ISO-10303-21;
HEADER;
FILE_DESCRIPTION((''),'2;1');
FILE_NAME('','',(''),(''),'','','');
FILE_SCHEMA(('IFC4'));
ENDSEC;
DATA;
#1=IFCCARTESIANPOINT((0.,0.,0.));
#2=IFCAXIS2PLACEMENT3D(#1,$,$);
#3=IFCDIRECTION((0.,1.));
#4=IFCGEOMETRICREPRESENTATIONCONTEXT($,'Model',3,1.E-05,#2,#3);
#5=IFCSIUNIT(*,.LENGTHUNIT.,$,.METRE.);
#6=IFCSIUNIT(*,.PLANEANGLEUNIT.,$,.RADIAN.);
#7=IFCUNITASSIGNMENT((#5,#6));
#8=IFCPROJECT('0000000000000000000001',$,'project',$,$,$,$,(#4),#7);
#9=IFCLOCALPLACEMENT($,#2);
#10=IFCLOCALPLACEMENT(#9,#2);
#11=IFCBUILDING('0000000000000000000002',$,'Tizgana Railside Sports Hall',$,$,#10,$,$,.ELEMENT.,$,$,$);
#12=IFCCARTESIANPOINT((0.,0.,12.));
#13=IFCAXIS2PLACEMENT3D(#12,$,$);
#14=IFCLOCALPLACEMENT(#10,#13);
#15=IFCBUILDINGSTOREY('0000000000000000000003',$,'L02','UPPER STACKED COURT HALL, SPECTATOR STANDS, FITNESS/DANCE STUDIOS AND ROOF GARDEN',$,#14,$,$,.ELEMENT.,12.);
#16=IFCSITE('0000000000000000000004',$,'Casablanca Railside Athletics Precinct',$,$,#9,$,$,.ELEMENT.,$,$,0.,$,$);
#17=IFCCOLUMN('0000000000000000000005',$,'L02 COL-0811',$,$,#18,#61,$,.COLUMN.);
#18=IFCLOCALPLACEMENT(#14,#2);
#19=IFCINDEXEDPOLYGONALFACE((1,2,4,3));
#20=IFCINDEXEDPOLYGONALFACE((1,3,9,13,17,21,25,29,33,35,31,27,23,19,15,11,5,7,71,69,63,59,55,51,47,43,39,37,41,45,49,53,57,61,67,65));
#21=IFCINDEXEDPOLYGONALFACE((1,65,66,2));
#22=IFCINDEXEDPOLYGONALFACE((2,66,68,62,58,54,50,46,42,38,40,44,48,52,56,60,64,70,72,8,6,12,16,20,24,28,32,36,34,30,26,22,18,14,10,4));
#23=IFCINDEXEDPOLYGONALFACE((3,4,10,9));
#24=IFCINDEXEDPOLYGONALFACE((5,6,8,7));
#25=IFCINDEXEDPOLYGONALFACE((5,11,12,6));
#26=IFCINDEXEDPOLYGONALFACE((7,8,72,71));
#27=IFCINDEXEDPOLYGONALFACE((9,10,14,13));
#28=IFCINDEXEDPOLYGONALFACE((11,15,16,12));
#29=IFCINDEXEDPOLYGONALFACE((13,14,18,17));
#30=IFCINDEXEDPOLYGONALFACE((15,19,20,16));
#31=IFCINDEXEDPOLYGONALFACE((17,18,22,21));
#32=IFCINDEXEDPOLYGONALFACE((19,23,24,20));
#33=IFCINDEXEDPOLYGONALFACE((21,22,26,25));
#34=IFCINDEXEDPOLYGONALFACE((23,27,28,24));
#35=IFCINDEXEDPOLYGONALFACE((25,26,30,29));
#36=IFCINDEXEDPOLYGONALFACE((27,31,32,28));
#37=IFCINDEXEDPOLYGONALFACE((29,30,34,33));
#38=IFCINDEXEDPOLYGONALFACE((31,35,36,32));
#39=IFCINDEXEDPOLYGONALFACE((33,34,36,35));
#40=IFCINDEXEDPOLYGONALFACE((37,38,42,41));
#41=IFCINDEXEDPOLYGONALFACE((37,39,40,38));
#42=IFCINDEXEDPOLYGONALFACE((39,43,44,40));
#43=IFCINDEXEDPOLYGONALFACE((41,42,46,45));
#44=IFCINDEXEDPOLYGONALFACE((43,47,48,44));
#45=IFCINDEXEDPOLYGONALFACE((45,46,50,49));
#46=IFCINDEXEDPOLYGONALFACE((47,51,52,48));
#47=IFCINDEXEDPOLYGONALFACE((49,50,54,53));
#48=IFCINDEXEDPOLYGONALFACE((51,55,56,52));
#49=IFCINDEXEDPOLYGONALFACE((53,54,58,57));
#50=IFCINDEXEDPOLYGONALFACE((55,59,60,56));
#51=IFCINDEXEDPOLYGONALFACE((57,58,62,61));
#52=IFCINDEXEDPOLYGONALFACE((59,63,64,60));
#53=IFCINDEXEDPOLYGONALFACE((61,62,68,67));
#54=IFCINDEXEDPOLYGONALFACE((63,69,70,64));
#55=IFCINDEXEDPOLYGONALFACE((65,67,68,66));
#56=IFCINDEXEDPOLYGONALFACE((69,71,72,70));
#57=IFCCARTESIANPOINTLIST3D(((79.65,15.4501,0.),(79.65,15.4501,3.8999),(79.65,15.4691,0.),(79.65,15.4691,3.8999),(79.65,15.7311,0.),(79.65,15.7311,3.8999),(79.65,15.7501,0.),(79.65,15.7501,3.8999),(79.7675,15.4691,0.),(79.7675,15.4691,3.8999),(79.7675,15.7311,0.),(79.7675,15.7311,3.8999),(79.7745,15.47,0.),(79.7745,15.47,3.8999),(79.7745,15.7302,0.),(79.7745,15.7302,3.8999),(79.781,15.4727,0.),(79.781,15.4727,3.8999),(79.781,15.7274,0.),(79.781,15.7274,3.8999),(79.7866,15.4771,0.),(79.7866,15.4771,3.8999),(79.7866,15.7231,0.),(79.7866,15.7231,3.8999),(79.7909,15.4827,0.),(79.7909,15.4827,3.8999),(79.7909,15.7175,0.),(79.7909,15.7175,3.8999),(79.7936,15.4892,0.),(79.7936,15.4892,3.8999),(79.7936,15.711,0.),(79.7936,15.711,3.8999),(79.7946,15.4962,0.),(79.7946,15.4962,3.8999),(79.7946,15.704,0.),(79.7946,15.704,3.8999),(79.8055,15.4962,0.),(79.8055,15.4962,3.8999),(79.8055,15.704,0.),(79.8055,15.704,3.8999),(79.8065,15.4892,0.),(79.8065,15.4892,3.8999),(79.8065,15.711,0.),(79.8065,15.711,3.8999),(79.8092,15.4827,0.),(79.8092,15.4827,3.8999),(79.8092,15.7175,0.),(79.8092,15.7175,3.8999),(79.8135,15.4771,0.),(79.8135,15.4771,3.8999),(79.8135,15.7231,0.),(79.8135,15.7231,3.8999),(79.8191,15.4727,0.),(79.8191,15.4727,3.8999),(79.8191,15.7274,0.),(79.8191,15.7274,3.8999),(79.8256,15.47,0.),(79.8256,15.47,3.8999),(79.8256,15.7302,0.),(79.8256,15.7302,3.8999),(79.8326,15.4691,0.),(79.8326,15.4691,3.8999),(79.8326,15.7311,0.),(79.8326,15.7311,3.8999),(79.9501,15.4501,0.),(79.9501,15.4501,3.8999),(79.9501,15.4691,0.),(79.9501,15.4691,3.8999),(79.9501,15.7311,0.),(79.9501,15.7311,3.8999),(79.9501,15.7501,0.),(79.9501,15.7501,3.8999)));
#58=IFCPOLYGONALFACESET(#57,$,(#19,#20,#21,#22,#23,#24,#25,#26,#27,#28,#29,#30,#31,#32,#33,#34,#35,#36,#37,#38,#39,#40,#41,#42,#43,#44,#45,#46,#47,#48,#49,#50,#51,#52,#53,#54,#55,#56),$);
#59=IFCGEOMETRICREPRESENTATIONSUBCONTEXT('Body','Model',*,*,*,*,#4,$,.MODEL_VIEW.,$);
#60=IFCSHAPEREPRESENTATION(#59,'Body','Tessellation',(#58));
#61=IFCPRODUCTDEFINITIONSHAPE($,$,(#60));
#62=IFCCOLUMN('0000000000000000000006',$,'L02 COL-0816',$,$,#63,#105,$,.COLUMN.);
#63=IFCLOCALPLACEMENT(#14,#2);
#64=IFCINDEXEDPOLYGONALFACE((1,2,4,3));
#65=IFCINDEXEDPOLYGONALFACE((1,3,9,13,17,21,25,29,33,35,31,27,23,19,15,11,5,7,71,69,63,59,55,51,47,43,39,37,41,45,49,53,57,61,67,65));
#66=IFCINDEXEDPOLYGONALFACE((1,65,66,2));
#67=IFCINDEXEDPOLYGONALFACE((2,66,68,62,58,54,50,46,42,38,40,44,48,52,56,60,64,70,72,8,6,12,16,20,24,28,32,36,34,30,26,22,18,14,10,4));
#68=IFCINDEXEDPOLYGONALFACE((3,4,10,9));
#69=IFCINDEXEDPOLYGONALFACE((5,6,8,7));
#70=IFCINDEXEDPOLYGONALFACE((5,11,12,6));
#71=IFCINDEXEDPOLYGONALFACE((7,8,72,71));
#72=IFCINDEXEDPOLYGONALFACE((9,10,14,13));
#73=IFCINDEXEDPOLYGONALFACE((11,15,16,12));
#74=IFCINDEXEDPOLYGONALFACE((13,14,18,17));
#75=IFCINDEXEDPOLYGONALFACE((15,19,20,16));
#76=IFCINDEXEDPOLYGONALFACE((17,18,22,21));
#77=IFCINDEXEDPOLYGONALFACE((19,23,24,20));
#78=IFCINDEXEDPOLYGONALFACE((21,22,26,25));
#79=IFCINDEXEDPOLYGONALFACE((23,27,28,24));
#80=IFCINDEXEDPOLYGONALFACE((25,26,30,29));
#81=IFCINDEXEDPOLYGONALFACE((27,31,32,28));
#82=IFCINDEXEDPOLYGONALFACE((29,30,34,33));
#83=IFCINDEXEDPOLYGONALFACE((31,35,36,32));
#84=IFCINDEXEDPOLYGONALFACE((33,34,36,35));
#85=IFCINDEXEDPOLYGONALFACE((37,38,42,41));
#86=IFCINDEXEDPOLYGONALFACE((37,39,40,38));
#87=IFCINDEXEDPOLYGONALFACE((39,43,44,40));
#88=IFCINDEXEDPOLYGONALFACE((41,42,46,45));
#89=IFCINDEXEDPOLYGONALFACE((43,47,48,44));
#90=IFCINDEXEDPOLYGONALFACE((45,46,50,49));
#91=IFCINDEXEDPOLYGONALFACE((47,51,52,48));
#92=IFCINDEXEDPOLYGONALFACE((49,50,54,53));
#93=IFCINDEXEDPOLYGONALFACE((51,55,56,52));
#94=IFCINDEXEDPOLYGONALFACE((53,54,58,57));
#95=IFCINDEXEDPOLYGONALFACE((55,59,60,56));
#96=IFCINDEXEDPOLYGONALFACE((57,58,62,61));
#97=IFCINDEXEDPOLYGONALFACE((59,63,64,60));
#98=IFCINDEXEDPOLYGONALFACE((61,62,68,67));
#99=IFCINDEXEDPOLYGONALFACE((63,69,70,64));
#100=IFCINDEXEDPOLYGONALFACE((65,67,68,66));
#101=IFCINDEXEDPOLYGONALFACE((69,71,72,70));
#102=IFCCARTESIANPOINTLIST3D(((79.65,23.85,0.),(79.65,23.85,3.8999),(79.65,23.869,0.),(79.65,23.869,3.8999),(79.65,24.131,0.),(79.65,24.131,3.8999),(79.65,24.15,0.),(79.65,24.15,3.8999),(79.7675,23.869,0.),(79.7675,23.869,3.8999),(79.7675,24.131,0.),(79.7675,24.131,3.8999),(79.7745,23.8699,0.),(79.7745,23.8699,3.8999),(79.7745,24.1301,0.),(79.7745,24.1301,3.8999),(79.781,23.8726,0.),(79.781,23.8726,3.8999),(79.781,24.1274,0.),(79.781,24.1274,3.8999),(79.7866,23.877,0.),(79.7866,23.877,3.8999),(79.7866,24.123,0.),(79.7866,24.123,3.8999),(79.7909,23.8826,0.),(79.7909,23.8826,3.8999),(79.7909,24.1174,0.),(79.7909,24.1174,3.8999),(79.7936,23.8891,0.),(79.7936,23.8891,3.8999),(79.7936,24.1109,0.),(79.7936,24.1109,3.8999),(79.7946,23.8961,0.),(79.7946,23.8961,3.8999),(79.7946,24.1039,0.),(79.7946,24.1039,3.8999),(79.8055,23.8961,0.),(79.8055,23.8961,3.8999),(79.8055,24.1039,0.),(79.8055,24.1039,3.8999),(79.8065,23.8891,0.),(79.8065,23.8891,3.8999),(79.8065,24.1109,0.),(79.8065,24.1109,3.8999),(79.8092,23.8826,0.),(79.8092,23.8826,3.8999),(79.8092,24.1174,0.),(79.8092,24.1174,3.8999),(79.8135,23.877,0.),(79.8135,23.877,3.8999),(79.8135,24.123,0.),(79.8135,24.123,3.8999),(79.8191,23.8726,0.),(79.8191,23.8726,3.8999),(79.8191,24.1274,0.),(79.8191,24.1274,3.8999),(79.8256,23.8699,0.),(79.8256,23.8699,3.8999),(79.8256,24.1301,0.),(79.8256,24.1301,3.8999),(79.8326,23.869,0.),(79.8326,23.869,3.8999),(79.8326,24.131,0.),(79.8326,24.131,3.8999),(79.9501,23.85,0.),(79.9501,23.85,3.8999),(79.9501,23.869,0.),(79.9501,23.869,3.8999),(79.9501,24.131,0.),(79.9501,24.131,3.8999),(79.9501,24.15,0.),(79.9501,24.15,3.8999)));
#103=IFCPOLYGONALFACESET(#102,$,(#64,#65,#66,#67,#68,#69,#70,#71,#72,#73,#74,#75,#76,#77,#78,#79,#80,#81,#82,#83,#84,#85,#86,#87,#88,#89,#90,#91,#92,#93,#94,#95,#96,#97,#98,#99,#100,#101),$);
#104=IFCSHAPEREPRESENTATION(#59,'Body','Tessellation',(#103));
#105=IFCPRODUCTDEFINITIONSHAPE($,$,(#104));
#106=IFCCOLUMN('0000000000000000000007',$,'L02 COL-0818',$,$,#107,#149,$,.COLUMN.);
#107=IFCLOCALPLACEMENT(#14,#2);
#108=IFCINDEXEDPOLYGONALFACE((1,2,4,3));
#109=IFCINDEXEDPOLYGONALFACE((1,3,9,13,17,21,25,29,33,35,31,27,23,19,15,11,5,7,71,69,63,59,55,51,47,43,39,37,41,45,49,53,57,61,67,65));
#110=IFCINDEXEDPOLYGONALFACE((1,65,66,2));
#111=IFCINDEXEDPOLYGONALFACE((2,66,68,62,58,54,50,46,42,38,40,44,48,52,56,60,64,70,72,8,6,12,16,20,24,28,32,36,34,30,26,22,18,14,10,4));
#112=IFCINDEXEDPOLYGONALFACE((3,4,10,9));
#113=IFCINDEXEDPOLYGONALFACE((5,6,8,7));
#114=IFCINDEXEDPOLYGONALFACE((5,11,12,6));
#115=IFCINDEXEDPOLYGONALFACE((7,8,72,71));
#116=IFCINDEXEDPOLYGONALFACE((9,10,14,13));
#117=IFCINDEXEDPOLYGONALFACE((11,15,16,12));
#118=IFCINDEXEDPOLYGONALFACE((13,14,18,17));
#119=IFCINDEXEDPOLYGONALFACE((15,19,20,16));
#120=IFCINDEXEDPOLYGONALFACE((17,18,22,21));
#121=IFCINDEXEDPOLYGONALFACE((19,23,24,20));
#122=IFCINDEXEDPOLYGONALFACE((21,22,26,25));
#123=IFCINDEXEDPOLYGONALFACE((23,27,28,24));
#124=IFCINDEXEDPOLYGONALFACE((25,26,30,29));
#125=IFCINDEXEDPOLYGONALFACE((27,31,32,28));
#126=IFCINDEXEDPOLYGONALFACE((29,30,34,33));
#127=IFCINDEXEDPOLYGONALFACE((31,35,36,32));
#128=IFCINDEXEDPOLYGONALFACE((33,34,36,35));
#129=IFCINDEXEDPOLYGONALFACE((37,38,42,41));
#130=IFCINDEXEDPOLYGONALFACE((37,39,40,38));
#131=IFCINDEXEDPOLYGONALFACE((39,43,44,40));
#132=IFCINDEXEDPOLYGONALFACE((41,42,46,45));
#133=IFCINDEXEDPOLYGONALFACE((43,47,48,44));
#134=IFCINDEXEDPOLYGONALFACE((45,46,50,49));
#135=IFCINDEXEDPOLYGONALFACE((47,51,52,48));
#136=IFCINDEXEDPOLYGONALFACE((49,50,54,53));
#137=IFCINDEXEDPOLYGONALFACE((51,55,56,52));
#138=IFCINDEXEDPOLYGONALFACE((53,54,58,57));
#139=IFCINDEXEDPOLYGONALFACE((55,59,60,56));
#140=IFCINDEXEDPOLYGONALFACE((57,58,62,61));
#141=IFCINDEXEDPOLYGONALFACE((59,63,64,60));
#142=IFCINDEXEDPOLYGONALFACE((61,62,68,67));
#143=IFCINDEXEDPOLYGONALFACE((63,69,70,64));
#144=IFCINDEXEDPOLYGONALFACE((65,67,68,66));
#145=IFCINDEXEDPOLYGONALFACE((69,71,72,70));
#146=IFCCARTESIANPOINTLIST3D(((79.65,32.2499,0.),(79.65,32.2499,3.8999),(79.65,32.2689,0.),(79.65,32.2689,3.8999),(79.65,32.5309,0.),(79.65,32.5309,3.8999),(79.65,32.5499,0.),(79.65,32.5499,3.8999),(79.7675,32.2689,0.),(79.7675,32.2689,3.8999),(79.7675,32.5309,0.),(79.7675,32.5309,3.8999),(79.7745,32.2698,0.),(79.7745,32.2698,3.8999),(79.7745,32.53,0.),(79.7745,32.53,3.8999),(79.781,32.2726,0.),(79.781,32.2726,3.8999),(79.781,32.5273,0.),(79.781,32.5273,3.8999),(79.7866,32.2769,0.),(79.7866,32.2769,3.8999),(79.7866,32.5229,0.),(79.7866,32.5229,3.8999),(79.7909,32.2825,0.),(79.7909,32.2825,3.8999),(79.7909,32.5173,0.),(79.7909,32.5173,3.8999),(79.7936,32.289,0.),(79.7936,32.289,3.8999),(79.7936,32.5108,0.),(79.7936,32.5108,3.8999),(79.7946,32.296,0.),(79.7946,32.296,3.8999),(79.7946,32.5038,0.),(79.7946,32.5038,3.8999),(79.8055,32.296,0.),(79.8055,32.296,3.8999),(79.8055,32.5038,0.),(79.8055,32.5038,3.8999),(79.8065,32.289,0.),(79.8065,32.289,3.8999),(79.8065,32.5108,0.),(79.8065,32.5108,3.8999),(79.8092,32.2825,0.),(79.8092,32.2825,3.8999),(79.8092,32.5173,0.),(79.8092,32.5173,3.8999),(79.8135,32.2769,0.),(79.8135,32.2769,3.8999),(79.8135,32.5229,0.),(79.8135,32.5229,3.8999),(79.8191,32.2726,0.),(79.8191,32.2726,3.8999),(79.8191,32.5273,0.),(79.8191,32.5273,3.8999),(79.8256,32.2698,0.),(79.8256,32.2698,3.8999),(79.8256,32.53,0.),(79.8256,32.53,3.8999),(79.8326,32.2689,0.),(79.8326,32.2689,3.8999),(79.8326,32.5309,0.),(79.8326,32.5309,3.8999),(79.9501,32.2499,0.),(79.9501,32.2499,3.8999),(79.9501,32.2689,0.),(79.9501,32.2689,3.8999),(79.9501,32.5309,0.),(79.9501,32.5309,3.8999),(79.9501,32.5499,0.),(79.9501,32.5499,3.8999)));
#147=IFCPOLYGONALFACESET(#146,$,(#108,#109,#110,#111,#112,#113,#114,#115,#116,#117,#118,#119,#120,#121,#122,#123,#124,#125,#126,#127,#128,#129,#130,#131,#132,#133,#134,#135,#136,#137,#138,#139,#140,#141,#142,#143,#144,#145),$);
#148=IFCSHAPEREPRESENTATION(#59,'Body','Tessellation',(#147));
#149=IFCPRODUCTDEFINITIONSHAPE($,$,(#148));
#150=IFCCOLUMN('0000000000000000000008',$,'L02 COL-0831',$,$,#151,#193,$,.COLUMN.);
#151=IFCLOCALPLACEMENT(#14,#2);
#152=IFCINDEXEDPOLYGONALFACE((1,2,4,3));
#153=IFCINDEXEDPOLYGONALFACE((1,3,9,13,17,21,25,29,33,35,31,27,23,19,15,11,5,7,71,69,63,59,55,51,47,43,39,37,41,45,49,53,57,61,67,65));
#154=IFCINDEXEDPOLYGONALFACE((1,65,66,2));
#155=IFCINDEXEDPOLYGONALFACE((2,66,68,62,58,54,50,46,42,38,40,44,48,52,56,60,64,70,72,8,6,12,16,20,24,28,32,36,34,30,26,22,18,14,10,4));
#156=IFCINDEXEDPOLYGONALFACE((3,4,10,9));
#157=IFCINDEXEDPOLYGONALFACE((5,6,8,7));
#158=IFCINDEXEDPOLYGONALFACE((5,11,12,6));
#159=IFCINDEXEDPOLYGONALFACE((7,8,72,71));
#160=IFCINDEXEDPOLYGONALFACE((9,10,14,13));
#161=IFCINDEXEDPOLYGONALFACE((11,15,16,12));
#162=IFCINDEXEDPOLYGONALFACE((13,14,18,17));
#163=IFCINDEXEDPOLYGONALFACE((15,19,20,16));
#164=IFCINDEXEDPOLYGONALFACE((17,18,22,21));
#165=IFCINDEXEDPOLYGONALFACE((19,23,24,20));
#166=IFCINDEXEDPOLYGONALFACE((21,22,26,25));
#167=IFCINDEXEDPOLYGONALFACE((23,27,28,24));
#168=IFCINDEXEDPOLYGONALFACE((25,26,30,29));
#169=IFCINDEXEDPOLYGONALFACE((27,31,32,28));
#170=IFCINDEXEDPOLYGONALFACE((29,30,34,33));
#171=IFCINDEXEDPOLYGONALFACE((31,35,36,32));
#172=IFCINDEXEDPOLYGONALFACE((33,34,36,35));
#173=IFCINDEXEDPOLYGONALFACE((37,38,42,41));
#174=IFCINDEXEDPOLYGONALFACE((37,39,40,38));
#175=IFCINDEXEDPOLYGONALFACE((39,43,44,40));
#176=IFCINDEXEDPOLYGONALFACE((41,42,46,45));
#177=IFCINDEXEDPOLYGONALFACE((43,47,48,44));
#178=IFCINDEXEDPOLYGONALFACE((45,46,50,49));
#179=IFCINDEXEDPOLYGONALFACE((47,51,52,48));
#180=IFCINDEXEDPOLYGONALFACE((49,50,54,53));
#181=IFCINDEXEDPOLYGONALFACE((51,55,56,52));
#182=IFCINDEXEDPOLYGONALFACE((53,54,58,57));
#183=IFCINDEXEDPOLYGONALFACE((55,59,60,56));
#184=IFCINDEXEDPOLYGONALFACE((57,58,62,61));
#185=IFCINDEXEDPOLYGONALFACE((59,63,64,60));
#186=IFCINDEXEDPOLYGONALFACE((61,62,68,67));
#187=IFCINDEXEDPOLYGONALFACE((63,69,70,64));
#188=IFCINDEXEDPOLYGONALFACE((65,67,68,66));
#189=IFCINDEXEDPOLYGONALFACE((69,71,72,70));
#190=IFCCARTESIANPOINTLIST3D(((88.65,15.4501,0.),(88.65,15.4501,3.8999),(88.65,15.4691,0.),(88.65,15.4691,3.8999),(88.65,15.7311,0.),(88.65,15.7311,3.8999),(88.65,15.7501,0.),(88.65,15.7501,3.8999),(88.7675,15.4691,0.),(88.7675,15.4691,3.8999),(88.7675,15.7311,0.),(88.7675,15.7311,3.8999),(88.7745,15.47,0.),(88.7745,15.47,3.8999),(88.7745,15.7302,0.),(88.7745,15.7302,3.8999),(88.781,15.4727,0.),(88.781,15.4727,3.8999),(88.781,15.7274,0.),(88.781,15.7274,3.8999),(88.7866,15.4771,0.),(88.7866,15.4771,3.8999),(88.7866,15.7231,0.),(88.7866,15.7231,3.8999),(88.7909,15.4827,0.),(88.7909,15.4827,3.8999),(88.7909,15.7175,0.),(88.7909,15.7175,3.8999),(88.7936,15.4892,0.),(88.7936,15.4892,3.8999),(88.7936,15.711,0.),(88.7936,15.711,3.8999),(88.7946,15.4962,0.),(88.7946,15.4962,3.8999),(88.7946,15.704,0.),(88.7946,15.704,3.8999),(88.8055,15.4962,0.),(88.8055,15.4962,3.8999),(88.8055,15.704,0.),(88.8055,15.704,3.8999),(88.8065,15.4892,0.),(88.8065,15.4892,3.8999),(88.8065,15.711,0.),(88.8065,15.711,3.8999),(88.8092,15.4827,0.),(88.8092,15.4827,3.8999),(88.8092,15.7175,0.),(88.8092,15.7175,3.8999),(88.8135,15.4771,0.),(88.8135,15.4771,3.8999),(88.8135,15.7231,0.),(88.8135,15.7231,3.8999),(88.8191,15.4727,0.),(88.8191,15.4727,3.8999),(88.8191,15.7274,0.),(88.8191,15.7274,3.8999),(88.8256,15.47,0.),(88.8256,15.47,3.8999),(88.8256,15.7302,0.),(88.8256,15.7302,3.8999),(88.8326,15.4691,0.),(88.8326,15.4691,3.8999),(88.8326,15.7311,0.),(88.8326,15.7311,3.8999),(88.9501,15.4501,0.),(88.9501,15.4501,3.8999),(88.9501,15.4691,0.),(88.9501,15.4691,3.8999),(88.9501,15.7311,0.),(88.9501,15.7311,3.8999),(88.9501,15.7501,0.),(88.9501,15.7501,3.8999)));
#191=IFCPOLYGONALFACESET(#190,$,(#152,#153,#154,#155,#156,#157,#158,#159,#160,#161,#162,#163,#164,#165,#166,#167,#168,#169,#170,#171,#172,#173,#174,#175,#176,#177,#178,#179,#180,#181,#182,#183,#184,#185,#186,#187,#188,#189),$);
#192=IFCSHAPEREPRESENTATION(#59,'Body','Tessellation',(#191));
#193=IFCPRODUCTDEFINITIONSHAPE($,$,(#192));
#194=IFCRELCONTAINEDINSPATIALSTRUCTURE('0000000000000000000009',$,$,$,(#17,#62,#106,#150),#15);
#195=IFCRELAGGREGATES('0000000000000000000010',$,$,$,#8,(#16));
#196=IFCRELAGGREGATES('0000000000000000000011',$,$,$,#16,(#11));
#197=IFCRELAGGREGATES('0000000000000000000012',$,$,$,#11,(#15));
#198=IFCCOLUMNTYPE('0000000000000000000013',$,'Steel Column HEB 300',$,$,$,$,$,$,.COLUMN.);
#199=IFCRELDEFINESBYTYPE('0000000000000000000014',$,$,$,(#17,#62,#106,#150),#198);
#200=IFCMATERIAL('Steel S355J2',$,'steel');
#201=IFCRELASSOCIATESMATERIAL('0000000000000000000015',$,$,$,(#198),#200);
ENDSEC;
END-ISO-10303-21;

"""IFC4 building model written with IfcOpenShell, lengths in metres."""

from ifc_helpers import new_model, si_unit, direction, frame, origin, origin_2d, place, context, subcontext, project, spatial, i_section, extrude, material, material_profile, profile_set, type_object, element, save


model = new_model("IFC4")

# Units and contexts
model_context = context("Model", 3, precision=1e-05, world=origin(), true_north=direction((0.0, 1.0)))
body_context = subcontext(model_context, "Body", "Model", "MODEL_VIEW")
ifc_project = project(units=[si_unit("LENGTHUNIT", "METRE"), si_unit("PLANEANGLEUNIT", "RADIAN")], contexts=[model_context])

# Site, building, storey
site_placement = place(None, origin())
site = spatial("IfcSite", under=ifc_project, at=site_placement, Name="Casablanca Railside Athletics Precinct", CompositionType="ELEMENT", RefElevation=0.0)
building_placement = place(site_placement, origin())
building = spatial("IfcBuilding", under=site, at=building_placement, Name="Tizgana Railside Sports Hall", CompositionType="ELEMENT")
storey_placement = place(building_placement, frame((0.0, 0.0, 12.0)))
storey = spatial("IfcBuildingStorey", under=building, at=storey_placement, Name="L02", Description="UPPER STACKED COURT HALL, SPECTATOR STANDS, FITNESS/DANCE STUDIOS AND ROOF GARDEN", CompositionType="ELEMENT", Elevation=12.0)

# Columns
ifc_material_1 = material(Name="Steel S355J2", Category="steel")
ifc_material_profile_1 = material_profile(ifc_material_1, i_section(OverallWidth=0.3, OverallDepth=0.3, WebThickness=0.011, FlangeThickness=0.019, FilletRadius=0.0271, at=origin_2d()), Name="HEB 300")
ifc_profile_set_1 = profile_set([ifc_material_profile_1], Name="Steel S355J2")
column_type = type_object("IfcColumnType", Name="Steel Column HEB 300", PredefinedType="COLUMN", material=ifc_profile_set_1)
for number, where, z_axis, x_axis, name in (
    (1, (79.8, 15.6001, 0.0), (0.0, 0.0, 1.0), (1.0, 0.0, 0.0), "L02 COL-0811"),
    (2, (79.8, 24.0, 0.0), (0.0, 0.0, 1.0), (1.0, 0.0, 0.0), "L02 COL-0816"),
    (3, (79.8, 32.3999, 0.0), (0.0, 0.0, 1.0), (1.0, 0.0, 0.0), "L02 COL-0818"),
    (4, (88.8, 15.6001, 0.0), (0.0, 0.0, 1.0), (1.0, 0.0, 0.0), "L02 COL-0831"),
):
    element("IfcColumn", number, at=place(storey_placement, frame(where, z_axis=z_axis, x_axis=x_axis)), inside=storey, type_object=column_type, Name=name, PredefinedType="COLUMN", context=body_context, shape_type="SweptSolid", body=[
        extrude(i_section(OverallWidth=0.3, OverallDepth=0.3, WebThickness=0.011, FlangeThickness=0.019, FilletRadius=0.0271, at=origin_2d()), origin(), (0.0, 0.0, 1.0), 3.8999),
    ])

save(model, "model.ifc")
